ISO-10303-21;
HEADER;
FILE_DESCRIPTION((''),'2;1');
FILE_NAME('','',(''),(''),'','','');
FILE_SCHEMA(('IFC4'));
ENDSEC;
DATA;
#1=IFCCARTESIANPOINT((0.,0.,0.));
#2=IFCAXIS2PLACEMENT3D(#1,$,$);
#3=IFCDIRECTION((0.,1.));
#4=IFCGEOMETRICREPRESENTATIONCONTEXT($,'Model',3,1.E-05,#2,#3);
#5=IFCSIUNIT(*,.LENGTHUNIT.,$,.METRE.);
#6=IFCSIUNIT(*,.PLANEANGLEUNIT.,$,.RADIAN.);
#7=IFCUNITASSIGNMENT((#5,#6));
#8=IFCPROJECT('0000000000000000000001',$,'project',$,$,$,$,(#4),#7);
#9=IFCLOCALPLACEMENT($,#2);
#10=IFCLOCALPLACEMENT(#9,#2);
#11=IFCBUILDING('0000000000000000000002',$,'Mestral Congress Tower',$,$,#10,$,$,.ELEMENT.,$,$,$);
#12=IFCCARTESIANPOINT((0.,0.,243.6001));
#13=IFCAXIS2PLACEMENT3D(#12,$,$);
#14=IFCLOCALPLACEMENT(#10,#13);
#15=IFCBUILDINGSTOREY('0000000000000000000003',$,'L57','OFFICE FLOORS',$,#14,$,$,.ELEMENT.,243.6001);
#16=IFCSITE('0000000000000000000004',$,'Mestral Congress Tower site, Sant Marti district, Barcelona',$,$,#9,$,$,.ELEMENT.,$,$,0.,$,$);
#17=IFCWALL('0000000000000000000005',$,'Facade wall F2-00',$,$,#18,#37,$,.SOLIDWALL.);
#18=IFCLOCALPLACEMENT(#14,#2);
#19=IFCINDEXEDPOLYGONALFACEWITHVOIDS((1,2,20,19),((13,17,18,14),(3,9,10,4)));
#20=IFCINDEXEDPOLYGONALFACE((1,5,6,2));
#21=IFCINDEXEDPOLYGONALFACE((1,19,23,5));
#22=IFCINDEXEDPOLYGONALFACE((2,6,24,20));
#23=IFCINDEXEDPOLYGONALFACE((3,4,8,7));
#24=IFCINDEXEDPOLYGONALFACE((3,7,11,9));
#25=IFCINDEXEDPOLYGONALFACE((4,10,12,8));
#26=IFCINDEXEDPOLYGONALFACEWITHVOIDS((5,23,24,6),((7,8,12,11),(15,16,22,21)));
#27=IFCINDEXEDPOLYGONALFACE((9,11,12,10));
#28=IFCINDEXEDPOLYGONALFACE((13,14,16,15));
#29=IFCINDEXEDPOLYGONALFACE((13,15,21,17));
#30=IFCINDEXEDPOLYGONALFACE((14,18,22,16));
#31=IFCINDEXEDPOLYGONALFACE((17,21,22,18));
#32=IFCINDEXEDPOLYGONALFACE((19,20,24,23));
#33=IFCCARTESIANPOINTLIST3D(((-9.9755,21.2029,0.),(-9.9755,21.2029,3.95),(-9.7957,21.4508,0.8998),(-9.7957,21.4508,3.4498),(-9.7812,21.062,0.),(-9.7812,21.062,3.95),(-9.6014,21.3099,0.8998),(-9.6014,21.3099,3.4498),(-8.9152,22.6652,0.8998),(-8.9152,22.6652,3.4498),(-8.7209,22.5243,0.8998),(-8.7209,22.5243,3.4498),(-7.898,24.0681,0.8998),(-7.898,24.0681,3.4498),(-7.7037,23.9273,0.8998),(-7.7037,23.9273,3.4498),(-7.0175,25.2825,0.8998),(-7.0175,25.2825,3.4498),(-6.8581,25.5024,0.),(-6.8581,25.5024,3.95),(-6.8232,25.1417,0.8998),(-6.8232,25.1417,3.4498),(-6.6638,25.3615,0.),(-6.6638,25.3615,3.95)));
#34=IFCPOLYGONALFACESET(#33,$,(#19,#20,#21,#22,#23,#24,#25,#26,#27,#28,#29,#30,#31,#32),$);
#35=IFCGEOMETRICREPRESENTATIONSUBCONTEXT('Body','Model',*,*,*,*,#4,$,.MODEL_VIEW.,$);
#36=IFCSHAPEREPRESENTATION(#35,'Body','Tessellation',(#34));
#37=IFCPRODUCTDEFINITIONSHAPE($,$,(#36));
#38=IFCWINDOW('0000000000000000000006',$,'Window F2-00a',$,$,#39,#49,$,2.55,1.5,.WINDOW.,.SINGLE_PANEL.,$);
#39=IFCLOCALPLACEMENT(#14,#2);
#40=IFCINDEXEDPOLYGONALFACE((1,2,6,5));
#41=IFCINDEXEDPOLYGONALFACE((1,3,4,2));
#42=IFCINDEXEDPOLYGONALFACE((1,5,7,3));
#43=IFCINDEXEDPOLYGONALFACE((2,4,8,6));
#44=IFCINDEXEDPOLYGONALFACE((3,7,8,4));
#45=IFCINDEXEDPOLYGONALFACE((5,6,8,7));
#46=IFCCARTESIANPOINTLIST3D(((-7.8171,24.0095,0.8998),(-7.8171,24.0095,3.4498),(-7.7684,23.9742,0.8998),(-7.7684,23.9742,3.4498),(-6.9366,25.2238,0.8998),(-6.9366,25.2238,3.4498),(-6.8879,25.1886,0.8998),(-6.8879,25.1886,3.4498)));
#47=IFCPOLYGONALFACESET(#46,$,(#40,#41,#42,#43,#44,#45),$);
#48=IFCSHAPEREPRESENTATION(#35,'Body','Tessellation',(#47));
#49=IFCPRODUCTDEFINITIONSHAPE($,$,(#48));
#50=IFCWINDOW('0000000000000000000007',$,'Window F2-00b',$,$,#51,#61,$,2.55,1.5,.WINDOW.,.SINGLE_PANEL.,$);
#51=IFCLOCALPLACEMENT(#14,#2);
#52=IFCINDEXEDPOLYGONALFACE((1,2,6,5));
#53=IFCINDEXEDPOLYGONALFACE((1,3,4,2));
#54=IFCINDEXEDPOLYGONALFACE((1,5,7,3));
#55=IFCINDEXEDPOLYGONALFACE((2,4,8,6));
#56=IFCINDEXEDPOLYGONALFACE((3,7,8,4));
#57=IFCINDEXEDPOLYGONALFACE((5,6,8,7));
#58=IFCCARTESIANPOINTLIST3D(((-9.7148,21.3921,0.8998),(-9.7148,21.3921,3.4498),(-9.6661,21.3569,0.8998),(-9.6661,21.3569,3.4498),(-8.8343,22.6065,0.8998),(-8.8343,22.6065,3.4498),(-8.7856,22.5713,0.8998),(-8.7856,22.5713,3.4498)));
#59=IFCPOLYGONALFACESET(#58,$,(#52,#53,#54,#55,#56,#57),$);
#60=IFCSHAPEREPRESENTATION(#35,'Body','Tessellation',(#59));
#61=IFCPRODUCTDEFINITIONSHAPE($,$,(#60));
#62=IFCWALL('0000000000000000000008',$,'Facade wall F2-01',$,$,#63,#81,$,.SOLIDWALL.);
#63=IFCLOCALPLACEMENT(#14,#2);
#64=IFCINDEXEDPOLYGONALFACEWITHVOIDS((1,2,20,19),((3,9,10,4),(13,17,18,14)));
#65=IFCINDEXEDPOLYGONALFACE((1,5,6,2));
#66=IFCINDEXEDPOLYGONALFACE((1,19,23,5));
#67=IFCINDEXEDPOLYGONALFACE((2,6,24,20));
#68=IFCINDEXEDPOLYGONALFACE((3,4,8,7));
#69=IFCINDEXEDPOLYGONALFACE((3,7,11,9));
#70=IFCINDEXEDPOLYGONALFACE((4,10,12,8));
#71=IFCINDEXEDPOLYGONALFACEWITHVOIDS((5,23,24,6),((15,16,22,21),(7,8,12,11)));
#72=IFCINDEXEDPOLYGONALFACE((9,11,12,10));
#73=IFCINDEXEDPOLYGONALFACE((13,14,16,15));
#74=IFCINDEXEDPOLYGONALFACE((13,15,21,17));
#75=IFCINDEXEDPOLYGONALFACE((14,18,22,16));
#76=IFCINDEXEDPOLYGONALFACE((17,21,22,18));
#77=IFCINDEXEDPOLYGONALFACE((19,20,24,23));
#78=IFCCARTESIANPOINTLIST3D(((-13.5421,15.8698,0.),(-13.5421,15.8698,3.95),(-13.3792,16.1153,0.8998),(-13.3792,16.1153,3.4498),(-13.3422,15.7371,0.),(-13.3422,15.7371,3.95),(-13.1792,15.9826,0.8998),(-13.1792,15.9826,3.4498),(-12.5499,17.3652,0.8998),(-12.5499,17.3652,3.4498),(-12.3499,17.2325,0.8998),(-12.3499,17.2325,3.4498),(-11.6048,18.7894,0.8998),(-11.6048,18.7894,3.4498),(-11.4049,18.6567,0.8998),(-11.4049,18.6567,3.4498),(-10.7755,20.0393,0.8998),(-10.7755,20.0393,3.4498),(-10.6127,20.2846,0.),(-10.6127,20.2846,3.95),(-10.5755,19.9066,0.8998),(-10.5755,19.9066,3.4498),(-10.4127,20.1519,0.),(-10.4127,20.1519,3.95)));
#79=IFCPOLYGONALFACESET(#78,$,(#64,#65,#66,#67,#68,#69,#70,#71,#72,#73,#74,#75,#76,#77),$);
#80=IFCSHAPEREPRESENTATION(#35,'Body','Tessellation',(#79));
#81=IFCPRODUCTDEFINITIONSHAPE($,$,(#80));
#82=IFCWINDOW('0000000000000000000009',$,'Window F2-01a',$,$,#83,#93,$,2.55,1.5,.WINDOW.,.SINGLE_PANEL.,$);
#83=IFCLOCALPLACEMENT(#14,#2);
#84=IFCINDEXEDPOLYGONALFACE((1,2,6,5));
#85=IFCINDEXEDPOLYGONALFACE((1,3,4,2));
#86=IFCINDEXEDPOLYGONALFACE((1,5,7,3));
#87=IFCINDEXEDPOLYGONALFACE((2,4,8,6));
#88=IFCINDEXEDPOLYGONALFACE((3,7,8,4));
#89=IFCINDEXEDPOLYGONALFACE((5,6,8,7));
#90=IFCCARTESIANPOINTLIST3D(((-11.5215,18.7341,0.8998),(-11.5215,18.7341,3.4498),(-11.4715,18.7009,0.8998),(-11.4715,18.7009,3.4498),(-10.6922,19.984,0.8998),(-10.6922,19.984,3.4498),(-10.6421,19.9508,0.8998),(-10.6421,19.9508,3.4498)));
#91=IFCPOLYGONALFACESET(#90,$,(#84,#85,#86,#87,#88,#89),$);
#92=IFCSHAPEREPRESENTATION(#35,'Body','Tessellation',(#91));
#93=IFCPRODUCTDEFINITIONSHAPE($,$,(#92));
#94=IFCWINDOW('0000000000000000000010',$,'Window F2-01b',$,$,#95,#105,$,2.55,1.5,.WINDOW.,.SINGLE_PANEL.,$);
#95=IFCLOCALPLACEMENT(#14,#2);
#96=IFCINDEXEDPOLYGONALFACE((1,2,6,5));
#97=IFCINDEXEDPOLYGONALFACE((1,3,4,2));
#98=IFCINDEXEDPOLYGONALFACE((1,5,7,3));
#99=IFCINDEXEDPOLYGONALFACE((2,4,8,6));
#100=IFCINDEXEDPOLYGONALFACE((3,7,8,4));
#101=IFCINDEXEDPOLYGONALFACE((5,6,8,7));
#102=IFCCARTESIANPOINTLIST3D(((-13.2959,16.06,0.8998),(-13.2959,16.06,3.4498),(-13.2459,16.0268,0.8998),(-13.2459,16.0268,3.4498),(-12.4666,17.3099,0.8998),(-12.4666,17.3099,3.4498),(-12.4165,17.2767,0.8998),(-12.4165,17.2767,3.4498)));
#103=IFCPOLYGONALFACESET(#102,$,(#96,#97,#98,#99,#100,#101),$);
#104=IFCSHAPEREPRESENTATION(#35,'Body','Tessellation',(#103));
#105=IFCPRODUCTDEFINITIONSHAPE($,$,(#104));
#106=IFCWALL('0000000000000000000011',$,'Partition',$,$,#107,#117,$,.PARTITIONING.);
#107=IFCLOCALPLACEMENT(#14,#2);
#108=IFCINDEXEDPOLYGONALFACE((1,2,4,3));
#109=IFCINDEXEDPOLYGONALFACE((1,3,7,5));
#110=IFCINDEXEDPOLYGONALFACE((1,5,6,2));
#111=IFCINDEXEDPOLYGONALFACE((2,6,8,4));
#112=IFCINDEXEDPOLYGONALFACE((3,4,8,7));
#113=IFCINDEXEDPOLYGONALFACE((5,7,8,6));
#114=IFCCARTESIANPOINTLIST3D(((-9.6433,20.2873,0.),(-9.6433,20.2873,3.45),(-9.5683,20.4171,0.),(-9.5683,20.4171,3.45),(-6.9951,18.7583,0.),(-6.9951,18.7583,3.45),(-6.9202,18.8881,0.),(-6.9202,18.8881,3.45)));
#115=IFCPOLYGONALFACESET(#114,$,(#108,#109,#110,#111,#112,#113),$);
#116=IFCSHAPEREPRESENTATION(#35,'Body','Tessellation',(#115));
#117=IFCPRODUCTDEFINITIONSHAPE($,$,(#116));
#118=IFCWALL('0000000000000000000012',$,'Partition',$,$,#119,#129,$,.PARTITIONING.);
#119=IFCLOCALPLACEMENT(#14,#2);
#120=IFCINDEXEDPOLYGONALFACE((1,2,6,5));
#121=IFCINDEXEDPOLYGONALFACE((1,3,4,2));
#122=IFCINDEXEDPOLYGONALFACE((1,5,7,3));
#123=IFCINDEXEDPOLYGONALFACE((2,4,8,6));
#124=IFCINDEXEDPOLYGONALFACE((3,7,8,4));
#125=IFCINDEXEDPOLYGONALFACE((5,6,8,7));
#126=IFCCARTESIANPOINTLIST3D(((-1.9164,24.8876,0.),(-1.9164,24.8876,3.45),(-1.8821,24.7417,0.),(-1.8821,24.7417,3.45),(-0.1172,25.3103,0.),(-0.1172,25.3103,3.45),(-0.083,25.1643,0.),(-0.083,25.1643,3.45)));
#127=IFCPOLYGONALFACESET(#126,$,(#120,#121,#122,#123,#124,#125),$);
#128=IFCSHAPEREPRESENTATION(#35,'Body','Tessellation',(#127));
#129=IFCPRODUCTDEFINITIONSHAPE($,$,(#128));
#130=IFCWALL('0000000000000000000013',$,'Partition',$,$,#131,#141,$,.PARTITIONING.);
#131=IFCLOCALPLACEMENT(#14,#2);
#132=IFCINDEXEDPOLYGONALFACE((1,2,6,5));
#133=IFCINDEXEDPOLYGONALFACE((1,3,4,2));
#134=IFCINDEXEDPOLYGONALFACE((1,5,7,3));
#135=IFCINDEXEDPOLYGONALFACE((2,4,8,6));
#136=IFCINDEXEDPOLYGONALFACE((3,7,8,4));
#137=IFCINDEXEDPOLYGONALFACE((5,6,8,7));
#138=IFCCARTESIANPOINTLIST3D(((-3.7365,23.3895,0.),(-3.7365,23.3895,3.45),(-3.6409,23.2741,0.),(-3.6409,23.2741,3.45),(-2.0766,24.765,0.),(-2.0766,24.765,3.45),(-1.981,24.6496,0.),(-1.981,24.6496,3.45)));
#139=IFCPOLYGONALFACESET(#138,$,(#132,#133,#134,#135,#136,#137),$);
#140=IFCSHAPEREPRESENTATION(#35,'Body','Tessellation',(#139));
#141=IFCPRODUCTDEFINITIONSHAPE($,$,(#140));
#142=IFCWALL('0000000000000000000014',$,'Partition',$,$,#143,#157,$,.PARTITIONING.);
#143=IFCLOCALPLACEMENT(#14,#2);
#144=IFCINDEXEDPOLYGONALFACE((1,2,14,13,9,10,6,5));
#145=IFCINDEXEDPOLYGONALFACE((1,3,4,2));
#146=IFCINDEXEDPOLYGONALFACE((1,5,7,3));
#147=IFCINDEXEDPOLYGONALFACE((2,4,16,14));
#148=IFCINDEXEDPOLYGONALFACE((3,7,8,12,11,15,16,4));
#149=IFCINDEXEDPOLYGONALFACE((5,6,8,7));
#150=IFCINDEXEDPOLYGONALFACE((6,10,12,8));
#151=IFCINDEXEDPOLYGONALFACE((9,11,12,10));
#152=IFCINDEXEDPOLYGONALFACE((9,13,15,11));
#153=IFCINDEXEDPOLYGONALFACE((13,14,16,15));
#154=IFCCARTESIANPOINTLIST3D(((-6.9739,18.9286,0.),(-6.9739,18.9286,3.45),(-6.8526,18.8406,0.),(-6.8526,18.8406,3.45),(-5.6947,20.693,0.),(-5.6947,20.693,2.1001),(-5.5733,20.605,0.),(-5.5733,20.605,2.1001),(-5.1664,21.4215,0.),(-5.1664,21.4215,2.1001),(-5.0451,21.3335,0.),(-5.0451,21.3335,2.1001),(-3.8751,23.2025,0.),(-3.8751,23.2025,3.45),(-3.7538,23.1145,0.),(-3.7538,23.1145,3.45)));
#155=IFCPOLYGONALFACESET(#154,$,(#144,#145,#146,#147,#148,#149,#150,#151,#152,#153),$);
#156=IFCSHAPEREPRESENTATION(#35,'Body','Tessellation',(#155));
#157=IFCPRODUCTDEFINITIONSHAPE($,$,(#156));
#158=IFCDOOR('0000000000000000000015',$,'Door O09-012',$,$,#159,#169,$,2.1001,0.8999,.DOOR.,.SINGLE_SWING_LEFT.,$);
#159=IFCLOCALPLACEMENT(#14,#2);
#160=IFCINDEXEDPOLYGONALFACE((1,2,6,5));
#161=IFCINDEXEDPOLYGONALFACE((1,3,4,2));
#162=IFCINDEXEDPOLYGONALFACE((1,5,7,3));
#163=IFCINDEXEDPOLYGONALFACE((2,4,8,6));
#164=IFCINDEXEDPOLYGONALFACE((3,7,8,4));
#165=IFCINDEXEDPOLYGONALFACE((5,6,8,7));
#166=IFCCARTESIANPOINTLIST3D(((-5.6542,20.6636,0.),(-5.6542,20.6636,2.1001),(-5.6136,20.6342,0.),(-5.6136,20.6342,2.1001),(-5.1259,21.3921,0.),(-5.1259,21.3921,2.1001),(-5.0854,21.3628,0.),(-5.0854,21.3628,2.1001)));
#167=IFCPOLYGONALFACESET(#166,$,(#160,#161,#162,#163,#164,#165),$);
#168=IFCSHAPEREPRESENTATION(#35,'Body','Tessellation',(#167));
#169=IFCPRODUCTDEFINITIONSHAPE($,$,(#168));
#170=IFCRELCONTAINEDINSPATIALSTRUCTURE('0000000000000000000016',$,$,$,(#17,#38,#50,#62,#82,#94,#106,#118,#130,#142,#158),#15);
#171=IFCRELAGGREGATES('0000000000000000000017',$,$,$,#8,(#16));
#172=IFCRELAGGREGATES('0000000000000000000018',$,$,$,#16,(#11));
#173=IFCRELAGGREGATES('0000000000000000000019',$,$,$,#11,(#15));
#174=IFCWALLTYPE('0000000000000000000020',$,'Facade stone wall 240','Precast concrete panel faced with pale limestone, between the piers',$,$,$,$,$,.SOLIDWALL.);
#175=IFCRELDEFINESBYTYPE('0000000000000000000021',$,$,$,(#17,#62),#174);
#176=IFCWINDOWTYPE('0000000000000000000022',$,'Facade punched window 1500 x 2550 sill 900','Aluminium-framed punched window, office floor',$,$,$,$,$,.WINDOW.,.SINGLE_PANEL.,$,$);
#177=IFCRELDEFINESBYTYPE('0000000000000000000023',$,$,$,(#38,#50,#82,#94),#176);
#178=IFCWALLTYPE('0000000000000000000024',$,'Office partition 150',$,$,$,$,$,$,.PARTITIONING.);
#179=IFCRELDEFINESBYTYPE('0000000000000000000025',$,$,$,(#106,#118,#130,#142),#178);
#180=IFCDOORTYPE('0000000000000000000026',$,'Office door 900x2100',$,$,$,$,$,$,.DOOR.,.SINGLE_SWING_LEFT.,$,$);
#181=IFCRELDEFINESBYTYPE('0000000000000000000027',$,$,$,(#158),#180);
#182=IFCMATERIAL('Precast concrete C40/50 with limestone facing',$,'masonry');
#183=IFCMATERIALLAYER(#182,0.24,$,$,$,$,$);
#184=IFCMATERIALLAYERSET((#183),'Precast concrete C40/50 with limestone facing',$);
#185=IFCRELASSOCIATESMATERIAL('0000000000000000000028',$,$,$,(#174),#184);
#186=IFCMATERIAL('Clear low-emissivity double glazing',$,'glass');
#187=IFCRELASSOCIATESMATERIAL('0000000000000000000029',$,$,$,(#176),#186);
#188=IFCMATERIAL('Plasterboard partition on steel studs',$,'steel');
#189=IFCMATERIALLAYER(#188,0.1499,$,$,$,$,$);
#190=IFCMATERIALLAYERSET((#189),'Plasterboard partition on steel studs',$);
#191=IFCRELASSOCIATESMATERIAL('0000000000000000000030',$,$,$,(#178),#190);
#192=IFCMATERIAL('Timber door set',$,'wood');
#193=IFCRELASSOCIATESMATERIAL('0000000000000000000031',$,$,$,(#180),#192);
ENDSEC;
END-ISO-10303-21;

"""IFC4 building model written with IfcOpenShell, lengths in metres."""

from ifc_helpers import new_model, si_unit, direction, frame, frame_2d, origin, place, context, subcontext, project, spatial, rectangle, extrude, material, layer, layer_set, type_object, element, fill, save


model = new_model("IFC4")

# Units and contexts
model_context = context("Model", 3, precision=1e-05, world=origin(), true_north=direction((0.0, 1.0)))
body_context = subcontext(model_context, "Body", "Model", "MODEL_VIEW")
ifc_project = project(units=[si_unit("LENGTHUNIT", "METRE"), si_unit("PLANEANGLEUNIT", "RADIAN")], contexts=[model_context])

# Site, building, storey
site_placement = place(None, origin())
site = spatial("IfcSite", under=ifc_project, at=site_placement, Name="Mestral Congress Tower site, Sant Marti district, Barcelona", CompositionType="ELEMENT", RefElevation=0.0)
building_placement = place(site_placement, origin())
building = spatial("IfcBuilding", under=site, at=building_placement, Name="Mestral Congress Tower", CompositionType="ELEMENT")
storey_placement = place(building_placement, frame((0.0, 0.0, 243.6001)))
storey = spatial("IfcBuildingStorey", under=building, at=storey_placement, Name="L57", Description="OFFICE FLOORS", CompositionType="ELEMENT", Elevation=243.6001)

# Shared definitions
ifc_material_1 = material(Name="Precast concrete C40/50 with limestone facing", Category="masonry")
ifc_layer_1 = layer(ifc_material_1, 0.24)
ifc_layer_set_1 = layer_set([ifc_layer_1], Name="Precast concrete C40/50 with limestone facing")
wall_type_1 = type_object("IfcWallType", Name="Facade stone wall 240", Description="Precast concrete panel faced with pale limestone, between the piers", PredefinedType="SOLIDWALL", material=ifc_layer_set_1)
ifc_material_2 = material(Name="Clear low-emissivity double glazing", Category="glass")

# Walls, openings, windows
wall_1_placement = place(storey_placement, frame((-6.761, 25.4319, 0.0), z_axis=(0.0, 0.0, 1.0), x_axis=(-0.586998, -0.809588, 0.0)))
wall_1 = element("IfcWall", 1, at=wall_1_placement, inside=storey, type_object=wall_type_1, Name="Facade wall F2-00", PredefinedType="SOLIDWALL", context=body_context, shape_type="SweptSolid", body=[
    extrude(rectangle(XDim=5.3108, YDim=0.24, at=frame_2d((2.6553, 0.0))), origin(), (0.0, 0.0, 1.0), 3.95),
])
opening_1_placement = place(wall_1_placement, frame((0.2715, 0.0, 0.8999)))
opening_1 = element("IfcOpeningElement", 2, at=opening_1_placement, cuts=wall_1, PredefinedType="OPENING", context=body_context, shape_type="SweptSolid", body=[
    extrude(rectangle(XDim=1.5, YDim=2.55, at=frame_2d((0.75, 1.2749))), frame((0.0, 0.1299, 0.0), z_axis=(0.0, -1.0, 0.0), x_axis=(1.0, 0.0, 0.0)), (0.0, 0.0, 1.0), 0.26),
])
opening_2_placement = place(wall_1_placement, frame((3.5044, 0.0, 0.8999)))
opening_2 = element("IfcOpeningElement", 3, at=opening_2_placement, cuts=wall_1, PredefinedType="OPENING", context=body_context, shape_type="SweptSolid", body=[
    extrude(rectangle(XDim=1.5, YDim=2.55, at=frame_2d((0.75, 1.2749))), frame((0.0, 0.1299, 0.0), z_axis=(0.0, -1.0, 0.0), x_axis=(1.0, 0.0, 0.0)), (0.0, 0.0, 1.0), 0.26),
])
window_type_1 = type_object("IfcWindowType", Name="Facade punched window 1500 x 2550 sill 900", Description="Aluminium-framed punched window, office floor", PartitioningType="SINGLE_PANEL", PredefinedType="WINDOW", material=ifc_material_2)
window_1_placement = place(opening_1_placement, origin())
window_1 = element("IfcWindow", 4, at=window_1_placement, inside=storey, type_object=window_type_1, Name="Window F2-00a", OverallHeight=2.55, OverallWidth=1.5, PartitioningType="SINGLE_PANEL", PredefinedType="WINDOW", context=body_context, shape_type="SweptSolid", body=[
    extrude(rectangle(XDim=1.5, YDim=2.55, at=frame_2d((0.75, 1.2749))), frame((0.0, 0.04, 0.0), z_axis=(0.0, -1.0, 0.0), x_axis=(1.0, 0.0, 0.0)), (0.0, 0.0, 1.0), 0.0601),
])
fill(opening_1, window_1)
window_2_placement = place(opening_2_placement, origin())
window_2 = element("IfcWindow", 5, at=window_2_placement, inside=storey, type_object=window_type_1, Name="Window F2-00b", OverallHeight=2.55, OverallWidth=1.5, PartitioningType="SINGLE_PANEL", PredefinedType="WINDOW", context=body_context, shape_type="SweptSolid", body=[
    extrude(rectangle(XDim=1.5, YDim=2.55, at=frame_2d((0.75, 1.2749))), frame((0.0, 0.04, 0.0), z_axis=(0.0, -1.0, 0.0), x_axis=(1.0, 0.0, 0.0)), (0.0, 0.0, 1.0), 0.0601),
])
fill(opening_2, window_2)
wall_2_placement = place(storey_placement, frame((-10.5127, 20.2183, 0.0), z_axis=(0.0, 0.0, 1.0), x_axis=(-0.552902, -0.833246, 0.0)))
wall_2 = element("IfcWall", 6, at=wall_2_placement, inside=storey, type_object=wall_type_1, Name="Facade wall F2-01", PredefinedType="SOLIDWALL", context=body_context, shape_type="SweptSolid", body=[
    extrude(rectangle(XDim=5.2983, YDim=0.24, at=frame_2d((2.6492, 0.0))), origin(), (0.0, 0.0, 1.0), 3.95),
])
opening_3_placement = place(wall_2_placement, frame((0.2944, 0.0, 0.8999)))
opening_3 = element("IfcOpeningElement", 7, at=opening_3_placement, cuts=wall_2, PredefinedType="OPENING", context=body_context, shape_type="SweptSolid", body=[
    extrude(rectangle(XDim=1.5, YDim=2.55, at=frame_2d((0.75, 1.2749))), frame((0.0, 0.1299, 0.0), z_axis=(0.0, -1.0, 0.0), x_axis=(1.0, 0.0, 0.0)), (0.0, 0.0, 1.0), 0.26),
])
opening_4_placement = place(wall_2_placement, frame((3.5037, 0.0, 0.8999)))
opening_4 = element("IfcOpeningElement", 8, at=opening_4_placement, cuts=wall_2, PredefinedType="OPENING", context=body_context, shape_type="SweptSolid", body=[
    extrude(rectangle(XDim=1.5, YDim=2.55, at=frame_2d((0.75, 1.2749))), frame((0.0, 0.1299, 0.0), z_axis=(0.0, -1.0, 0.0), x_axis=(1.0, 0.0, 0.0)), (0.0, 0.0, 1.0), 0.26),
])
window_3_placement = place(opening_3_placement, origin())
window_3 = element("IfcWindow", 9, at=window_3_placement, inside=storey, type_object=window_type_1, Name="Window F2-01a", OverallHeight=2.55, OverallWidth=1.5, PartitioningType="SINGLE_PANEL", PredefinedType="WINDOW", context=body_context, shape_type="SweptSolid", body=[
    extrude(rectangle(XDim=1.5, YDim=2.55, at=frame_2d((0.75, 1.2749))), frame((0.0, 0.04, 0.0), z_axis=(0.0, -1.0, 0.0), x_axis=(1.0, 0.0, 0.0)), (0.0, 0.0, 1.0), 0.0601),
])
fill(opening_3, window_3)
window_4_placement = place(opening_4_placement, origin())
window_4 = element("IfcWindow", 10, at=window_4_placement, inside=storey, type_object=window_type_1, Name="Window F2-01b", OverallHeight=2.55, OverallWidth=1.5, PartitioningType="SINGLE_PANEL", PredefinedType="WINDOW", context=body_context, shape_type="SweptSolid", body=[
    extrude(rectangle(XDim=1.5, YDim=2.55, at=frame_2d((0.75, 1.2749))), frame((0.0, 0.04, 0.0), z_axis=(0.0, -1.0, 0.0), x_axis=(1.0, 0.0, 0.0)), (0.0, 0.0, 1.0), 0.0601),
])
fill(opening_4, window_4)

# Walls
ifc_material_3 = material(Name="Plasterboard partition on steel studs", Category="steel")
ifc_layer_2 = layer(ifc_material_3, 0.1499)
ifc_layer_set_2 = layer_set([ifc_layer_2], Name="Plasterboard partition on steel studs")
wall_type_2 = type_object("IfcWallType", Name="Office partition 150", PredefinedType="PARTITIONING", material=ifc_layer_set_2)
wall_3_placement = place(storey_placement, frame((-6.9578, 18.8232, 0.0), z_axis=(0.0, 0.0, 1.0), x_axis=(-0.866009, 0.500029, 0.0)))
element("IfcWall", 11, at=wall_3_placement, inside=storey, type_object=wall_type_2, Name="Partition", PredefinedType="PARTITIONING", context=body_context, shape_type="SweptSolid", body=[
    extrude(rectangle(XDim=3.0579, YDim=0.1499, at=frame_2d((1.5288, 0.0))), origin(), (0.0, 0.0, 1.0), 3.45),
])
wall_4_placement = place(storey_placement, frame((-0.1001, 25.2373, 0.0), z_axis=(0.0, 0.0, 1.0), x_axis=(-0.973502, -0.228679, 0.0)))
element("IfcWall", 12, at=wall_4_placement, inside=storey, type_object=wall_type_2, Name="Partition", PredefinedType="PARTITIONING", context=body_context, shape_type="SweptSolid", body=[
    extrude(rectangle(XDim=1.8481, YDim=0.1499, at=frame_2d((0.9241, 0.0))), origin(), (0.0, 0.0, 1.0), 3.45),
])
wall_5_placement = place(storey_placement, frame((-2.0288, 24.7073, 0.0), z_axis=(0.0, 0.0, 1.0), x_axis=(-0.769991, -0.638054, 0.0)))
element("IfcWall", 13, at=wall_5_placement, inside=storey, type_object=wall_type_2, Name="Partition", PredefinedType="PARTITIONING", context=body_context, shape_type="SweptSolid", body=[
    extrude(rectangle(XDim=2.1558, YDim=0.1499, at=frame_2d((1.0779, 0.0))), origin(), (0.0, 0.0, 1.0), 3.45),
])

# Wall, opening, door
wall_6_placement = place(storey_placement, frame((-6.9133, 18.8845, 0.0), z_axis=(0.0, 0.0, 1.0), x_axis=(0.587002, 0.809585, 0.0)))
wall_6 = element("IfcWall", 14, at=wall_6_placement, inside=storey, type_object=wall_type_2, Name="Partition", PredefinedType="PARTITIONING", context=body_context, shape_type="SweptSolid", body=[
    extrude(rectangle(XDim=5.2791, YDim=0.1499, at=frame_2d((2.6396, 0.0))), origin(), (0.0, 0.0, 1.0), 3.45),
])
opening_5_placement = place(wall_6_placement, frame((2.1794, 0.0, 0.0)))
opening_5 = element("IfcOpeningElement", 15, at=opening_5_placement, cuts=wall_6, PredefinedType="OPENING", context=body_context, shape_type="SweptSolid", body=[
    extrude(rectangle(XDim=0.8999, YDim=2.1001, at=frame_2d((0.45, 1.05))), frame((0.0, 0.085, 0.0), z_axis=(0.0, -1.0, 0.0), x_axis=(1.0, 0.0, 0.0)), (0.0, 0.0, 1.0), 0.1699),
])
ifc_material_4 = material(Name="Timber door set", Category="wood")
door_type = type_object("IfcDoorType", Name="Office door 900x2100", OperationType="SINGLE_SWING_LEFT", PredefinedType="DOOR", material=ifc_material_4)
door_placement = place(opening_5_placement, origin())
door = element("IfcDoor", 16, at=door_placement, inside=storey, type_object=door_type, Name="Door O09-012", OperationType="SINGLE_SWING_LEFT", OverallHeight=2.1001, OverallWidth=0.8999, PredefinedType="DOOR", context=body_context, shape_type="SweptSolid", body=[
    extrude(rectangle(XDim=0.8999, YDim=2.1001, at=frame_2d((0.45, 1.05))), frame((0.0, 0.0249, 0.0), z_axis=(0.0, -1.0, 0.0), x_axis=(1.0, 0.0, 0.0)), (0.0, 0.0, 1.0), 0.05),
])
fill(opening_5, door)

save(model, "model.ifc")
